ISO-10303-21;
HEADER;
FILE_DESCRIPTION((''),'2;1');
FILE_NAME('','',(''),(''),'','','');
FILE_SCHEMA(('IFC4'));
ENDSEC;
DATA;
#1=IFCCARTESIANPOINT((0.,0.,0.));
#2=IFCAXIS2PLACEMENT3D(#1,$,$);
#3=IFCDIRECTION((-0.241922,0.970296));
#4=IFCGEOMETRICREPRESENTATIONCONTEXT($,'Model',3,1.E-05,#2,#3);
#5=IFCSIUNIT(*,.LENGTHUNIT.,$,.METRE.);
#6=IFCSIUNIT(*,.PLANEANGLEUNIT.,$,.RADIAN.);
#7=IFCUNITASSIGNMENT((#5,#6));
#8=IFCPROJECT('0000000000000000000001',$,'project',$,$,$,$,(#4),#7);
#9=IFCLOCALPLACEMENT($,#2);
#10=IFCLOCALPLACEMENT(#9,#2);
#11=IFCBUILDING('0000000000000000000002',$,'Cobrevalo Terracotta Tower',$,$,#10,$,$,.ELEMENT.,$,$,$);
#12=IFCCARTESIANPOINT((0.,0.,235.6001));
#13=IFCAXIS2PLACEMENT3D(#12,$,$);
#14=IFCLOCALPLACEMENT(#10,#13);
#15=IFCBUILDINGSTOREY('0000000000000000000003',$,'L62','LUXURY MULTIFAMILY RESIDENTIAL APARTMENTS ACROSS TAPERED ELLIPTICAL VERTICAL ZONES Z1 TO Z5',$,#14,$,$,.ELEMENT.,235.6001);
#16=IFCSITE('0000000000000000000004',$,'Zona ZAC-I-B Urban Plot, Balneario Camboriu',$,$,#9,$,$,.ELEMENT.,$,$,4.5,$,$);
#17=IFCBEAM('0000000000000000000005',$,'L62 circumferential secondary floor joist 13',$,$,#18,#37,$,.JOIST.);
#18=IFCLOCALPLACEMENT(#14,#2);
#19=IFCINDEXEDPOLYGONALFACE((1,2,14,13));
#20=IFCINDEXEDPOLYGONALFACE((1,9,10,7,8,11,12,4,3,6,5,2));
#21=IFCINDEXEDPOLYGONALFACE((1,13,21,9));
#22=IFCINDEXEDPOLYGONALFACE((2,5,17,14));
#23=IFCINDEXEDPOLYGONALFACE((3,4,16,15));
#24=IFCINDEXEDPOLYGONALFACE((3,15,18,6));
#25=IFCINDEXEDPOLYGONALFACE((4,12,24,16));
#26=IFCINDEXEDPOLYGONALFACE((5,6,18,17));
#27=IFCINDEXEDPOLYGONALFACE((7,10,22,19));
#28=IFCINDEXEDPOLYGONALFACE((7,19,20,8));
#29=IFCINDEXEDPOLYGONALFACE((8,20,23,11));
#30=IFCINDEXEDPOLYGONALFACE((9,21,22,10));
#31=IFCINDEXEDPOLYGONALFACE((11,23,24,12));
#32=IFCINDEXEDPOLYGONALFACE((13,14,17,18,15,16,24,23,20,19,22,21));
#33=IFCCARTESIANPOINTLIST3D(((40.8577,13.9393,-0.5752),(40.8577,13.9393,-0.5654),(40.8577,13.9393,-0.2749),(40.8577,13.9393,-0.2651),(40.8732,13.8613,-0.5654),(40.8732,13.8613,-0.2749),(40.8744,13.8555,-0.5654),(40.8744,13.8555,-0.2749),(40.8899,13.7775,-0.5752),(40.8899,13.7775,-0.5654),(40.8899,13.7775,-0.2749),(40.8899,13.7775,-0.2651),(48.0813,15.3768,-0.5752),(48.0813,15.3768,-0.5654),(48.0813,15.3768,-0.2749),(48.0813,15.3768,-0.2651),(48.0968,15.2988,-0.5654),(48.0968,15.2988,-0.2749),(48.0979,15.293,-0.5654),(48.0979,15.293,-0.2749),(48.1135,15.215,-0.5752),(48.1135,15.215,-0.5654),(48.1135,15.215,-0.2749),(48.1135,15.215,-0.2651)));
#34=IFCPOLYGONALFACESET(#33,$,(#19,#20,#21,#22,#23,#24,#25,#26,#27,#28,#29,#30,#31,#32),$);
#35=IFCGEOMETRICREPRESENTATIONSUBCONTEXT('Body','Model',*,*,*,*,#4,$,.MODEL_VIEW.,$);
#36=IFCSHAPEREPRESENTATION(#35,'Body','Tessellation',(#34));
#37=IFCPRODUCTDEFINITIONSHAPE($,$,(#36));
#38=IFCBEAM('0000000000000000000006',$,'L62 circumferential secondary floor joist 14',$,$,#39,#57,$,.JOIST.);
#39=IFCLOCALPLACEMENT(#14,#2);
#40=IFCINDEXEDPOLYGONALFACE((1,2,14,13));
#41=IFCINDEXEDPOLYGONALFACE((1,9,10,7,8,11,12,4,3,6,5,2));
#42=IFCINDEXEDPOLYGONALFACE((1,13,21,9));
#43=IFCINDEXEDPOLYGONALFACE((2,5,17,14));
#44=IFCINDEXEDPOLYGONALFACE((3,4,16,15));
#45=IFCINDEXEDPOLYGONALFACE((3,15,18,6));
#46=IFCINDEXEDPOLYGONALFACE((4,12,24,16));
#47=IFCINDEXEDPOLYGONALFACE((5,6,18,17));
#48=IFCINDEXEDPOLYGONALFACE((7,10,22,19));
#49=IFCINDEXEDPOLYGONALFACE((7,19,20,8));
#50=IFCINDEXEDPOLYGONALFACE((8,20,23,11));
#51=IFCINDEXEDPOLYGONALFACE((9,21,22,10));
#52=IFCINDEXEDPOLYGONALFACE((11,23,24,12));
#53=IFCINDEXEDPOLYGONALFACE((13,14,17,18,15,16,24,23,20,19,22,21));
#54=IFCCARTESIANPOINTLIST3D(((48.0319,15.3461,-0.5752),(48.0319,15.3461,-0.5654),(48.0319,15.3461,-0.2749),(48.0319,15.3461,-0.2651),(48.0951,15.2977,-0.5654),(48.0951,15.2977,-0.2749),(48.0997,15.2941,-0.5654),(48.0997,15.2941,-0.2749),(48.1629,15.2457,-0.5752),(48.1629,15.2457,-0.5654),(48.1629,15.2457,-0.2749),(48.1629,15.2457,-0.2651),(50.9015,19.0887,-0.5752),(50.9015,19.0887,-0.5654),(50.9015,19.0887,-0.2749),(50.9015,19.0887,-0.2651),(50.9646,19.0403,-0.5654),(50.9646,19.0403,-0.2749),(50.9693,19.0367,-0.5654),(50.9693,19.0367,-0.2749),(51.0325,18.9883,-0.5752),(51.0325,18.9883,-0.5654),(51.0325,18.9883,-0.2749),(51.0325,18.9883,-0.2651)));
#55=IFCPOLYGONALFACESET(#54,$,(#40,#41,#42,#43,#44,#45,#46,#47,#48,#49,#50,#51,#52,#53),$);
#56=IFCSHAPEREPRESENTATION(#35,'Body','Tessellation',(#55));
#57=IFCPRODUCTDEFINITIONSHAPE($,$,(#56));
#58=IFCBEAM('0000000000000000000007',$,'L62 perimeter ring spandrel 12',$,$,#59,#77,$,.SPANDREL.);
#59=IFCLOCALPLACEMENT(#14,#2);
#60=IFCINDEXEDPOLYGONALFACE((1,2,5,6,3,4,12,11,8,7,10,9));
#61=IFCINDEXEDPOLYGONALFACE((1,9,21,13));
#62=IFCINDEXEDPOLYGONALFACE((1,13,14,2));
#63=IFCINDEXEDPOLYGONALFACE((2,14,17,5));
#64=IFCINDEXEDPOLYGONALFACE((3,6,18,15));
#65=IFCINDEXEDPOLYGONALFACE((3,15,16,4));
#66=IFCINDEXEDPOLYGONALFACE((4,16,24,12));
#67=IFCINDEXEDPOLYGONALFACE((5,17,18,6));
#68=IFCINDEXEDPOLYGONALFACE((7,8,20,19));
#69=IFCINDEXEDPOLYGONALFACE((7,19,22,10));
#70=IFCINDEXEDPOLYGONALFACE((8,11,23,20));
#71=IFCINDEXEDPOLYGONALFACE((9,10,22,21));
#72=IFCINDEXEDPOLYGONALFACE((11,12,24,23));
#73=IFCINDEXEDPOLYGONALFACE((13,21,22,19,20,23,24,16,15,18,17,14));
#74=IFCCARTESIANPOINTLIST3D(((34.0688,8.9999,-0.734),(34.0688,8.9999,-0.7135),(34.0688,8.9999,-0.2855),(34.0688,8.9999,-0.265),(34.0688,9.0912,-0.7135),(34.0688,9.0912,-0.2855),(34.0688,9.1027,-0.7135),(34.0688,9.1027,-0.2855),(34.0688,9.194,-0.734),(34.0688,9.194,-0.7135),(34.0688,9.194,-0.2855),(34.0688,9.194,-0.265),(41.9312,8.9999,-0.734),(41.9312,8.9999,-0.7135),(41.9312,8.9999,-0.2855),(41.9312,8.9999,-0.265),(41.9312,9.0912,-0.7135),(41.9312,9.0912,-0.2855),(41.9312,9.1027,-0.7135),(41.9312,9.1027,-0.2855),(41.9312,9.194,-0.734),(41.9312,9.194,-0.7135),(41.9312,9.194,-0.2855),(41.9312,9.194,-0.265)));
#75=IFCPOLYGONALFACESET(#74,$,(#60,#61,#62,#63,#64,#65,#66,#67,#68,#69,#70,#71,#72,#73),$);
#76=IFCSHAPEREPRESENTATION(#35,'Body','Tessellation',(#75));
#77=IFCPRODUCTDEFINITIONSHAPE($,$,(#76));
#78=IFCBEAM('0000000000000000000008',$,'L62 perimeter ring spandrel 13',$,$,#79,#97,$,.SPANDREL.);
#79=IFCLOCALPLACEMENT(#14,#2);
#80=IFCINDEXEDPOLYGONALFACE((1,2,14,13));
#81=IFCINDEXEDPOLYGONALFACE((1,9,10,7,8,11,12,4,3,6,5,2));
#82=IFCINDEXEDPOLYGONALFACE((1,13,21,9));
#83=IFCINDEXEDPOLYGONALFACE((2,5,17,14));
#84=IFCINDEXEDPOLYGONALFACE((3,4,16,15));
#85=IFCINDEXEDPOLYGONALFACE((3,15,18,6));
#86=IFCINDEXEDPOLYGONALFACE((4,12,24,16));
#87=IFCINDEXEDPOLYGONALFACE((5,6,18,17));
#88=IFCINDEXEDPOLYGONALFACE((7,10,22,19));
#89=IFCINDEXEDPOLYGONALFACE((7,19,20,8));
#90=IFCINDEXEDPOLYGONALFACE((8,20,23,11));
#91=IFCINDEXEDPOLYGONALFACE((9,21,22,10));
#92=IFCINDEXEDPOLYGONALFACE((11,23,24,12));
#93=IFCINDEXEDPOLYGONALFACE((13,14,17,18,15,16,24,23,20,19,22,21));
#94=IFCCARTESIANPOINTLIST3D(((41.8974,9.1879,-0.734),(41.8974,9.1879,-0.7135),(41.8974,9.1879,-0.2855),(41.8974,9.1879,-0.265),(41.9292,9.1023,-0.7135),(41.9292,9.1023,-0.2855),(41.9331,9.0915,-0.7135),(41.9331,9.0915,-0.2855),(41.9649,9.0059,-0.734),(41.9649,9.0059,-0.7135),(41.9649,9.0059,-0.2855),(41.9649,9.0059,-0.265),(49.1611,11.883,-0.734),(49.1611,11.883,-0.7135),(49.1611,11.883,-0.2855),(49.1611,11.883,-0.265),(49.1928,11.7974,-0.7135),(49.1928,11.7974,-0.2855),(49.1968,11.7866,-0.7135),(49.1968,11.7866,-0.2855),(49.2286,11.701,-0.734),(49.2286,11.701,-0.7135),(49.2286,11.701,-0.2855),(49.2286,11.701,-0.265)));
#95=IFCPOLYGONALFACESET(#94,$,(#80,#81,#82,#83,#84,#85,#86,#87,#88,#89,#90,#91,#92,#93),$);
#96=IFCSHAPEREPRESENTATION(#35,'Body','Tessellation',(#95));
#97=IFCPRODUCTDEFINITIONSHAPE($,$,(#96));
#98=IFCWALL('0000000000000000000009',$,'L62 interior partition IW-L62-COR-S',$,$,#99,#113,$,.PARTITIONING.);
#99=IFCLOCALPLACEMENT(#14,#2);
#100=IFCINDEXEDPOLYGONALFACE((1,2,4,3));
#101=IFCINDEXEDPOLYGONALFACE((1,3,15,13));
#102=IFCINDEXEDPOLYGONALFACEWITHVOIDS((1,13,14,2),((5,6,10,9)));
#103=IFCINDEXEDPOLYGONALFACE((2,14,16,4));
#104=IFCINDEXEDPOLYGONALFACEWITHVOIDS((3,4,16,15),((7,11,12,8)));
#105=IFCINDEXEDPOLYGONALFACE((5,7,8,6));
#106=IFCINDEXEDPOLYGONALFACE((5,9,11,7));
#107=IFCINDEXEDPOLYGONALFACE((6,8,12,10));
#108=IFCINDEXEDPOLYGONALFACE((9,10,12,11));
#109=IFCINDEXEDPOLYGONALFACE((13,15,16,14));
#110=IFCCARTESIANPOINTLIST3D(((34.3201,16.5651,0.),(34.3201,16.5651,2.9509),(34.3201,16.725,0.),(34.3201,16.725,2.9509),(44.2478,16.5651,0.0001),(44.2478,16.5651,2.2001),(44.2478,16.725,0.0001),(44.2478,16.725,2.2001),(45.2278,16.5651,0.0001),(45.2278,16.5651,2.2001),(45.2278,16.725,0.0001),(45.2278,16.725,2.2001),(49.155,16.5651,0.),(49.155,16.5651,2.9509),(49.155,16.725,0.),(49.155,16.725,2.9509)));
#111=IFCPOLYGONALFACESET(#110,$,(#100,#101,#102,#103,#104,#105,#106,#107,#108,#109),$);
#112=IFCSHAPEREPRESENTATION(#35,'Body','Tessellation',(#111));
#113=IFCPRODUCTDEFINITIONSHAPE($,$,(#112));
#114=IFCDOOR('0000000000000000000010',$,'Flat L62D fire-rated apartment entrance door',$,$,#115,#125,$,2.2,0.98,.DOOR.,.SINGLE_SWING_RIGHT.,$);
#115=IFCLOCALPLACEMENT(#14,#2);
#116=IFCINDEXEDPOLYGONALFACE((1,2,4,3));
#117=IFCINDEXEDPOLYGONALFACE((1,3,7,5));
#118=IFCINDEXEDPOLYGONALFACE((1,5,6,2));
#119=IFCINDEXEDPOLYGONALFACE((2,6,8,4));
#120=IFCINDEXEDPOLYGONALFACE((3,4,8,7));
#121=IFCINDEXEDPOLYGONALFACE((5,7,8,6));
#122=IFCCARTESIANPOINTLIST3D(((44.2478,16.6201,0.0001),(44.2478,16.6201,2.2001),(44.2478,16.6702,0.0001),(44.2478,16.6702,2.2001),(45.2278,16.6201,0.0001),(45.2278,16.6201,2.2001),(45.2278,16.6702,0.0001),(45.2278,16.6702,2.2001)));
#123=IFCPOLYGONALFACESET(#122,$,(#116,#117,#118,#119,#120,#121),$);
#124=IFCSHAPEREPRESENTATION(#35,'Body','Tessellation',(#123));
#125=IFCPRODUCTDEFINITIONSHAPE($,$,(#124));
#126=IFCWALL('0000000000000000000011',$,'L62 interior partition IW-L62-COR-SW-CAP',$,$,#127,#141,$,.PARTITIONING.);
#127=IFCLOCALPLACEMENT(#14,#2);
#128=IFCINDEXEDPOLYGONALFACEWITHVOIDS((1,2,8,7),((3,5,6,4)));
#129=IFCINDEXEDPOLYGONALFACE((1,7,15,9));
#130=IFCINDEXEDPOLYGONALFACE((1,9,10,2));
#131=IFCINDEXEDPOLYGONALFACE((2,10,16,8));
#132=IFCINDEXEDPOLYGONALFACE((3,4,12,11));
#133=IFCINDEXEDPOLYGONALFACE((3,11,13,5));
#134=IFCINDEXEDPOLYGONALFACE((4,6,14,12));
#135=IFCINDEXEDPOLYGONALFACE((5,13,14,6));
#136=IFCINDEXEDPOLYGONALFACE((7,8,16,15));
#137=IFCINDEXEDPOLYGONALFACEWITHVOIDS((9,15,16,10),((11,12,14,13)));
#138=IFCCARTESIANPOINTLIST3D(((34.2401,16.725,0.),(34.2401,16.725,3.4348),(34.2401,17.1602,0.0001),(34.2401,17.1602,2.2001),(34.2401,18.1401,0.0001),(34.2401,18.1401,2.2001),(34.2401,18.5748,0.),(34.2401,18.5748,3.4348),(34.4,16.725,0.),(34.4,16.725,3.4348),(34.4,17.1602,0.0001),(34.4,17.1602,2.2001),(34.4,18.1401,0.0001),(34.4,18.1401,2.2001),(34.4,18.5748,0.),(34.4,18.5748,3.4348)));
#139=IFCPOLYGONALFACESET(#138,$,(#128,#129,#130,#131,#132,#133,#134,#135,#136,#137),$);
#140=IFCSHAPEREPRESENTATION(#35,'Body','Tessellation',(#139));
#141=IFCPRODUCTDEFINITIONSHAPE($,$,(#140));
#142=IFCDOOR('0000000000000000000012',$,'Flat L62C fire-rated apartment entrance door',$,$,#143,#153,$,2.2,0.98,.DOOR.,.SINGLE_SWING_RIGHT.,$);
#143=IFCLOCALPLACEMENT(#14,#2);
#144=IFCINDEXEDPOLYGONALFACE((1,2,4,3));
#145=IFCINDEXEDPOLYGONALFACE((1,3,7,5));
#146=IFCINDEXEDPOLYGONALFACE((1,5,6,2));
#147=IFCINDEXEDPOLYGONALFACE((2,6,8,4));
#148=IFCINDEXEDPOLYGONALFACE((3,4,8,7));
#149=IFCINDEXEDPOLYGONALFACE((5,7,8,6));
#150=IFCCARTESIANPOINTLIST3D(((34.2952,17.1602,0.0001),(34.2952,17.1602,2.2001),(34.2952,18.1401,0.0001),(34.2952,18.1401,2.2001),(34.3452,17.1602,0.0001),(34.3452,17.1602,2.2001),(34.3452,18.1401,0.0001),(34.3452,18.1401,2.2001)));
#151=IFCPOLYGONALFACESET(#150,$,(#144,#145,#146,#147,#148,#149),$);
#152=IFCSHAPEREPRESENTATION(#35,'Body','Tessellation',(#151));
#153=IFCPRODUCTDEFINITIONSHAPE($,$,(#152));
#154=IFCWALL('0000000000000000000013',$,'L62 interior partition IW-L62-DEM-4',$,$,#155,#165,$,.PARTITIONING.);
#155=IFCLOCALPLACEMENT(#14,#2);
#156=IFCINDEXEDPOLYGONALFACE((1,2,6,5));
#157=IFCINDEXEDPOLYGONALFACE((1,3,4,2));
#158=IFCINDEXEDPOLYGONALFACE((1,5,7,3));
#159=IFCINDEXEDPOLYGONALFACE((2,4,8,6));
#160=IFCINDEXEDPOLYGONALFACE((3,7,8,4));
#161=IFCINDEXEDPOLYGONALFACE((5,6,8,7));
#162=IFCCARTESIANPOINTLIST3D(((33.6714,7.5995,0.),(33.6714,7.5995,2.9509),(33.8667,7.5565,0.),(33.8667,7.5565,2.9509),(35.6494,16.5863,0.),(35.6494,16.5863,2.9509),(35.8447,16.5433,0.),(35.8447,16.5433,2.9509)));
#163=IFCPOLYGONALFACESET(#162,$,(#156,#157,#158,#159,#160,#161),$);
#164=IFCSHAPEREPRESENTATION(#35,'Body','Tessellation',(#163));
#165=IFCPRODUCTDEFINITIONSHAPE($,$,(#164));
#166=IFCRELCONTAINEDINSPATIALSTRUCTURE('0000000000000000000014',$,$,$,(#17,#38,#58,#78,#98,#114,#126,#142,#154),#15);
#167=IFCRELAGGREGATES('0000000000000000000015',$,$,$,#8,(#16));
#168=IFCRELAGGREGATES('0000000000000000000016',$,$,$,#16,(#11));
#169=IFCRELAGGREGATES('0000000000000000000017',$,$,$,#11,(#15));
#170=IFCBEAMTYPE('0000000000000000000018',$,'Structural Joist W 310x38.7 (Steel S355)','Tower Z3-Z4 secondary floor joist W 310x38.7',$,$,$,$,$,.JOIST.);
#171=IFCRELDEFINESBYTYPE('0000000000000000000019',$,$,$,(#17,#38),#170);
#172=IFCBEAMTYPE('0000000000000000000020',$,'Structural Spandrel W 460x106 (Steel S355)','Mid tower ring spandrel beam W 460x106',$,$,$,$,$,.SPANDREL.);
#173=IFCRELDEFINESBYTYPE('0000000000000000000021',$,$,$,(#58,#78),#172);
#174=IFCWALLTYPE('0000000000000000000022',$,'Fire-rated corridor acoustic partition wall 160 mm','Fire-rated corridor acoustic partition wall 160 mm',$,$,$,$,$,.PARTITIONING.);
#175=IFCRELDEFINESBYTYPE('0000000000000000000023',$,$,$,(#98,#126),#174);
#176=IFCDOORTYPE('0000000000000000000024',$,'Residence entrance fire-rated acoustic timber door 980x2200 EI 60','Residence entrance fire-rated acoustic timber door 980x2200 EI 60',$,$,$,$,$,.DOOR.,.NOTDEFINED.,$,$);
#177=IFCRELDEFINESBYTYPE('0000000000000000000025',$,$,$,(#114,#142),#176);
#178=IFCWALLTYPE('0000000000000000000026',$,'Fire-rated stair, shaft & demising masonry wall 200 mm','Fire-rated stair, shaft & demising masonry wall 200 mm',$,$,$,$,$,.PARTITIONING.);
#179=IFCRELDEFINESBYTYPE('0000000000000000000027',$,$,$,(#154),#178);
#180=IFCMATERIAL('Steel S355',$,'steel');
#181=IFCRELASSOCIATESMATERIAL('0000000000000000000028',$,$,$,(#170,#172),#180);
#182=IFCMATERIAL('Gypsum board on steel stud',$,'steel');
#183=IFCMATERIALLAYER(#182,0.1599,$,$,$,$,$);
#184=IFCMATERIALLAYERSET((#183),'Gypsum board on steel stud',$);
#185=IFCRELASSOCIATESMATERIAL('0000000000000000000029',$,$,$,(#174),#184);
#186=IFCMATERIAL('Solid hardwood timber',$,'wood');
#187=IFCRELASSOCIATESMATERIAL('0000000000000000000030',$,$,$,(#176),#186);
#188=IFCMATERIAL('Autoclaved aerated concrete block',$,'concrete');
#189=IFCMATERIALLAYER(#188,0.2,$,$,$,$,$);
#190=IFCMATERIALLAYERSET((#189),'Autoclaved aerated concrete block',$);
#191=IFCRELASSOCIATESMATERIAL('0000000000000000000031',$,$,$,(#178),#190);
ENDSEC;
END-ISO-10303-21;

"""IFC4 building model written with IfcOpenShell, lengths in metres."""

from ifc_helpers import new_model, si_unit, direction, frame, frame_2d, origin, origin_2d, place, context, subcontext, project, spatial, rectangle, i_section, extrude, source, transform, mapped, material, layer, layer_set, material_profile, profile_set, type_object, element, fill, save


model = new_model("IFC4")

# Units and contexts
model_context = context("Model", 3, precision=1e-05, world=origin(), true_north=direction((-0.241922, 0.970296)))
body_context = subcontext(model_context, "Body", "Model", "MODEL_VIEW")
ifc_project = project(units=[si_unit("LENGTHUNIT", "METRE"), si_unit("PLANEANGLEUNIT", "RADIAN")], contexts=[model_context])

# Site, building, storey
site_placement = place(None, origin())
site = spatial("IfcSite", under=ifc_project, at=site_placement, Name="Zona ZAC-I-B Urban Plot, Balneario Camboriu", CompositionType="ELEMENT", RefElevation=4.5)
building_placement = place(site_placement, origin())
building = spatial("IfcBuilding", under=site, at=building_placement, Name="Cobrevalo Terracotta Tower", CompositionType="ELEMENT")
storey_placement = place(building_placement, frame((0.0, 0.0, 235.6001)))
storey = spatial("IfcBuildingStorey", under=building, at=storey_placement, Name="L62", Description="LUXURY MULTIFAMILY RESIDENTIAL APARTMENTS ACROSS TAPERED ELLIPTICAL VERTICAL ZONES Z1 TO Z5", CompositionType="ELEMENT", Elevation=235.6001)

# Shared definitions
ifc_material_1 = material(Name="Steel S355", Category="steel")

# Beams
ifc_material_profile_1 = material_profile(ifc_material_1, i_section(OverallWidth=0.165, OverallDepth=0.3101, WebThickness=0.0059, FlangeThickness=0.0098, at=origin_2d()), Name="W 310x38.7")
ifc_profile_set_1 = profile_set([ifc_material_profile_1], Name="Steel S355")
beam_type_1 = type_object("IfcBeamType", Name="Structural Joist W 310x38.7 (Steel S355)", Description="Tower Z3-Z4 secondary floor joist W 310x38.7", PredefinedType="JOIST", material=ifc_profile_set_1)
beam_1_placement = place(storey_placement, frame((40.8738, 13.8584, -0.4202), z_axis=(0.980769, 0.195173, 0.0), x_axis=(-0.195173, 0.980769, 0.0)))
element("IfcBeam", 1, at=beam_1_placement, inside=storey, type_object=beam_type_1, Name="L62 circumferential secondary floor joist 13", PredefinedType="JOIST", context=body_context, shape_type="SweptSolid", body=[
    extrude(i_section(OverallWidth=0.165, OverallDepth=0.3101, WebThickness=0.0059, FlangeThickness=0.0098, at=origin_2d()), origin(), (0.0, 0.0, 1.0), 7.3652),
])
beam_2_placement = place(storey_placement, frame((48.0974, 15.2959, -0.4202), z_axis=(0.608464, 0.793581, 0.0), x_axis=(-0.793581, 0.608464, 0.0)))
element("IfcBeam", 2, at=beam_2_placement, inside=storey, type_object=beam_type_1, Name="L62 circumferential secondary floor joist 14", PredefinedType="JOIST", context=body_context, shape_type="SweptSolid", body=[
    extrude(i_section(OverallWidth=0.165, OverallDepth=0.3101, WebThickness=0.0059, FlangeThickness=0.0098, at=origin_2d()), origin(), (0.0, 0.0, 1.0), 4.7161),
])
ifc_material_profile_2 = material_profile(ifc_material_1, i_section(OverallWidth=0.1941, OverallDepth=0.469, WebThickness=0.0115, FlangeThickness=0.0205, at=origin_2d()), Name="W 460x106")
ifc_profile_set_2 = profile_set([ifc_material_profile_2], Name="Steel S355")
beam_type_2 = type_object("IfcBeamType", Name="Structural Spandrel W 460x106 (Steel S355)", Description="Mid tower ring spandrel beam W 460x106", PredefinedType="SPANDREL", material=ifc_profile_set_2)
beam_3_placement = place(storey_placement, frame((34.0688, 9.0969, -0.4995), z_axis=(1.0, 0.0, 0.0), x_axis=(0.0, 1.0, 0.0)))
element("IfcBeam", 3, at=beam_3_placement, inside=storey, type_object=beam_type_2, Name="L62 perimeter ring spandrel 12", PredefinedType="SPANDREL", context=body_context, shape_type="SweptSolid", body=[
    extrude(i_section(OverallWidth=0.1941, OverallDepth=0.469, WebThickness=0.0115, FlangeThickness=0.0205, at=origin_2d()), origin(), (0.0, 0.0, 1.0), 7.8623),
])
beam_4_placement = place(storey_placement, frame((41.9312, 9.0969, -0.4995), z_axis=(0.937546, 0.347861, 0.0), x_axis=(-0.347861, 0.937546, 0.0)))
element("IfcBeam", 4, at=beam_4_placement, inside=storey, type_object=beam_type_2, Name="L62 perimeter ring spandrel 13", PredefinedType="SPANDREL", context=body_context, shape_type="SweptSolid", body=[
    extrude(i_section(OverallWidth=0.1941, OverallDepth=0.469, WebThickness=0.0115, FlangeThickness=0.0205, at=origin_2d()), origin(), (0.0, 0.0, 1.0), 7.7476),
])

# Walls, openings, doors
ifc_material_2 = material(Name="Gypsum board on steel stud", Category="steel")
ifc_layer_1 = layer(ifc_material_2, 0.1599)
ifc_layer_set_1 = layer_set([ifc_layer_1], Name="Gypsum board on steel stud")
wall_type_1 = type_object("IfcWallType", Name="Fire-rated corridor acoustic partition wall 160 mm", Description="Fire-rated corridor acoustic partition wall 160 mm", PredefinedType="PARTITIONING", material=ifc_layer_set_1)
wall_1_placement = place(storey_placement, frame((34.3201, 16.645, 0.0), z_axis=(0.0, 0.0, 1.0), x_axis=(1.0, 0.0, 0.0)))
wall_1 = element("IfcWall", 5, at=wall_1_placement, inside=storey, type_object=wall_type_1, Name="L62 interior partition IW-L62-COR-S", PredefinedType="PARTITIONING", context=body_context, shape_type="SweptSolid", body=[
    extrude(rectangle(XDim=14.835, YDim=0.1599, at=frame_2d((7.4175, 0.0))), origin(), (0.0, 0.0, 1.0), 2.9509),
])
opening_1_placement = place(wall_1_placement, frame((9.9277, 0.0, 0.0)))
opening_1 = element("IfcOpeningElement", 6, at=opening_1_placement, cuts=wall_1, PredefinedType="OPENING", context=body_context, shape_type="SweptSolid", body=[
    extrude(rectangle(XDim=0.98, YDim=2.2, at=frame_2d((0.49, 1.1001))), frame((0.0, 0.0898, 0.0), z_axis=(0.0, -1.0, 0.0), x_axis=(1.0, 0.0, 0.0)), (0.0, 0.0, 1.0), 0.1799),
])
ifc_material_3 = material(Name="Solid hardwood timber", Category="wood")
door_type_1 = type_object("IfcDoorType", Name="Residence entrance fire-rated acoustic timber door 980x2200 EI 60", Description="Residence entrance fire-rated acoustic timber door 980x2200 EI 60", OperationType="NOTDEFINED", PredefinedType="DOOR", material=ifc_material_3)
shared_shape_1 = source(origin(), body_context, "Body", "SweptSolid", [
    extrude(rectangle(XDim=0.98, YDim=2.2, at=frame_2d((0.49, 1.1001))), frame((0.0, 0.0249, 0.0), z_axis=(0.0, -1.0, 0.0), x_axis=(1.0, 0.0, 0.0)), (0.0, 0.0, 1.0), 0.05),
])
door_1_placement = place(opening_1_placement, frame((0.98, 0.0, 0.0), z_axis=(0.0, 0.0, 1.0), x_axis=(-1.0, 0.0, 0.0)))
door_1 = element("IfcDoor", 7, at=door_1_placement, inside=storey, type_object=door_type_1, Name="Flat L62D fire-rated apartment entrance door", OperationType="SINGLE_SWING_RIGHT", OverallHeight=2.2, OverallWidth=0.98, PredefinedType="DOOR", context=body_context, shape_type="MappedRepresentation", body=[
    mapped(shared_shape_1, transform((0.0, 0.0, 0.0), scale=1.0)),
])
fill(opening_1, door_1)
wall_2_placement = place(storey_placement, frame((34.3201, 16.7251, 0.0), z_axis=(0.0, 0.0, 1.0), x_axis=(0.0, 1.0, 0.0)))
wall_2 = element("IfcWall", 8, at=wall_2_placement, inside=storey, type_object=wall_type_1, Name="L62 interior partition IW-L62-COR-SW-CAP", PredefinedType="PARTITIONING", context=body_context, shape_type="SweptSolid", body=[
    extrude(rectangle(XDim=1.8499, YDim=0.1599, at=frame_2d((0.9248, 0.0))), origin(), (0.0, 0.0, 1.0), 3.4348),
])
opening_2_placement = place(wall_2_placement, frame((0.4351, 0.0, 0.0)))
opening_2 = element("IfcOpeningElement", 9, at=opening_2_placement, cuts=wall_2, PredefinedType="OPENING", context=body_context, shape_type="SweptSolid", body=[
    extrude(rectangle(XDim=0.98, YDim=2.2, at=frame_2d((0.49, 1.1001))), frame((0.0, 0.0898, 0.0), z_axis=(0.0, -1.0, 0.0), x_axis=(1.0, 0.0, 0.0)), (0.0, 0.0, 1.0), 0.1799),
])
door_2_placement = place(opening_2_placement, origin())
door_2 = element("IfcDoor", 10, at=door_2_placement, inside=storey, type_object=door_type_1, Name="Flat L62C fire-rated apartment entrance door", OperationType="SINGLE_SWING_RIGHT", OverallHeight=2.2, OverallWidth=0.98, PredefinedType="DOOR", context=body_context, shape_type="MappedRepresentation", body=[
    mapped(shared_shape_1, transform((0.0, 0.0, 0.0), scale=1.0)),
])
fill(opening_2, door_2)

# Wall
ifc_material_4 = material(Name="Autoclaved aerated concrete block", Category="concrete")
ifc_layer_2 = layer(ifc_material_4, 0.2)
ifc_layer_set_2 = layer_set([ifc_layer_2], Name="Autoclaved aerated concrete block")
wall_type_2 = type_object("IfcWallType", Name="Fire-rated stair, shaft & demising masonry wall 200 mm", Description="Fire-rated stair, shaft & demising masonry wall 200 mm", PredefinedType="PARTITIONING", material=ifc_layer_set_2)
wall_3_placement = place(storey_placement, frame((35.7471, 16.5649, 0.0), z_axis=(0.0, 0.0, 1.0), x_axis=(-0.214958, -0.976623, 0.0)))
element("IfcWall", 11, at=wall_3_placement, inside=storey, type_object=wall_type_2, Name="L62 interior partition IW-L62-DEM-4", PredefinedType="PARTITIONING", context=body_context, shape_type="SweptSolid", body=[
    extrude(rectangle(XDim=9.2019, YDim=0.2, at=frame_2d((4.6011, 0.0))), origin(), (0.0, 0.0, 1.0), 2.9509),
])

save(model, "model.ifc")
